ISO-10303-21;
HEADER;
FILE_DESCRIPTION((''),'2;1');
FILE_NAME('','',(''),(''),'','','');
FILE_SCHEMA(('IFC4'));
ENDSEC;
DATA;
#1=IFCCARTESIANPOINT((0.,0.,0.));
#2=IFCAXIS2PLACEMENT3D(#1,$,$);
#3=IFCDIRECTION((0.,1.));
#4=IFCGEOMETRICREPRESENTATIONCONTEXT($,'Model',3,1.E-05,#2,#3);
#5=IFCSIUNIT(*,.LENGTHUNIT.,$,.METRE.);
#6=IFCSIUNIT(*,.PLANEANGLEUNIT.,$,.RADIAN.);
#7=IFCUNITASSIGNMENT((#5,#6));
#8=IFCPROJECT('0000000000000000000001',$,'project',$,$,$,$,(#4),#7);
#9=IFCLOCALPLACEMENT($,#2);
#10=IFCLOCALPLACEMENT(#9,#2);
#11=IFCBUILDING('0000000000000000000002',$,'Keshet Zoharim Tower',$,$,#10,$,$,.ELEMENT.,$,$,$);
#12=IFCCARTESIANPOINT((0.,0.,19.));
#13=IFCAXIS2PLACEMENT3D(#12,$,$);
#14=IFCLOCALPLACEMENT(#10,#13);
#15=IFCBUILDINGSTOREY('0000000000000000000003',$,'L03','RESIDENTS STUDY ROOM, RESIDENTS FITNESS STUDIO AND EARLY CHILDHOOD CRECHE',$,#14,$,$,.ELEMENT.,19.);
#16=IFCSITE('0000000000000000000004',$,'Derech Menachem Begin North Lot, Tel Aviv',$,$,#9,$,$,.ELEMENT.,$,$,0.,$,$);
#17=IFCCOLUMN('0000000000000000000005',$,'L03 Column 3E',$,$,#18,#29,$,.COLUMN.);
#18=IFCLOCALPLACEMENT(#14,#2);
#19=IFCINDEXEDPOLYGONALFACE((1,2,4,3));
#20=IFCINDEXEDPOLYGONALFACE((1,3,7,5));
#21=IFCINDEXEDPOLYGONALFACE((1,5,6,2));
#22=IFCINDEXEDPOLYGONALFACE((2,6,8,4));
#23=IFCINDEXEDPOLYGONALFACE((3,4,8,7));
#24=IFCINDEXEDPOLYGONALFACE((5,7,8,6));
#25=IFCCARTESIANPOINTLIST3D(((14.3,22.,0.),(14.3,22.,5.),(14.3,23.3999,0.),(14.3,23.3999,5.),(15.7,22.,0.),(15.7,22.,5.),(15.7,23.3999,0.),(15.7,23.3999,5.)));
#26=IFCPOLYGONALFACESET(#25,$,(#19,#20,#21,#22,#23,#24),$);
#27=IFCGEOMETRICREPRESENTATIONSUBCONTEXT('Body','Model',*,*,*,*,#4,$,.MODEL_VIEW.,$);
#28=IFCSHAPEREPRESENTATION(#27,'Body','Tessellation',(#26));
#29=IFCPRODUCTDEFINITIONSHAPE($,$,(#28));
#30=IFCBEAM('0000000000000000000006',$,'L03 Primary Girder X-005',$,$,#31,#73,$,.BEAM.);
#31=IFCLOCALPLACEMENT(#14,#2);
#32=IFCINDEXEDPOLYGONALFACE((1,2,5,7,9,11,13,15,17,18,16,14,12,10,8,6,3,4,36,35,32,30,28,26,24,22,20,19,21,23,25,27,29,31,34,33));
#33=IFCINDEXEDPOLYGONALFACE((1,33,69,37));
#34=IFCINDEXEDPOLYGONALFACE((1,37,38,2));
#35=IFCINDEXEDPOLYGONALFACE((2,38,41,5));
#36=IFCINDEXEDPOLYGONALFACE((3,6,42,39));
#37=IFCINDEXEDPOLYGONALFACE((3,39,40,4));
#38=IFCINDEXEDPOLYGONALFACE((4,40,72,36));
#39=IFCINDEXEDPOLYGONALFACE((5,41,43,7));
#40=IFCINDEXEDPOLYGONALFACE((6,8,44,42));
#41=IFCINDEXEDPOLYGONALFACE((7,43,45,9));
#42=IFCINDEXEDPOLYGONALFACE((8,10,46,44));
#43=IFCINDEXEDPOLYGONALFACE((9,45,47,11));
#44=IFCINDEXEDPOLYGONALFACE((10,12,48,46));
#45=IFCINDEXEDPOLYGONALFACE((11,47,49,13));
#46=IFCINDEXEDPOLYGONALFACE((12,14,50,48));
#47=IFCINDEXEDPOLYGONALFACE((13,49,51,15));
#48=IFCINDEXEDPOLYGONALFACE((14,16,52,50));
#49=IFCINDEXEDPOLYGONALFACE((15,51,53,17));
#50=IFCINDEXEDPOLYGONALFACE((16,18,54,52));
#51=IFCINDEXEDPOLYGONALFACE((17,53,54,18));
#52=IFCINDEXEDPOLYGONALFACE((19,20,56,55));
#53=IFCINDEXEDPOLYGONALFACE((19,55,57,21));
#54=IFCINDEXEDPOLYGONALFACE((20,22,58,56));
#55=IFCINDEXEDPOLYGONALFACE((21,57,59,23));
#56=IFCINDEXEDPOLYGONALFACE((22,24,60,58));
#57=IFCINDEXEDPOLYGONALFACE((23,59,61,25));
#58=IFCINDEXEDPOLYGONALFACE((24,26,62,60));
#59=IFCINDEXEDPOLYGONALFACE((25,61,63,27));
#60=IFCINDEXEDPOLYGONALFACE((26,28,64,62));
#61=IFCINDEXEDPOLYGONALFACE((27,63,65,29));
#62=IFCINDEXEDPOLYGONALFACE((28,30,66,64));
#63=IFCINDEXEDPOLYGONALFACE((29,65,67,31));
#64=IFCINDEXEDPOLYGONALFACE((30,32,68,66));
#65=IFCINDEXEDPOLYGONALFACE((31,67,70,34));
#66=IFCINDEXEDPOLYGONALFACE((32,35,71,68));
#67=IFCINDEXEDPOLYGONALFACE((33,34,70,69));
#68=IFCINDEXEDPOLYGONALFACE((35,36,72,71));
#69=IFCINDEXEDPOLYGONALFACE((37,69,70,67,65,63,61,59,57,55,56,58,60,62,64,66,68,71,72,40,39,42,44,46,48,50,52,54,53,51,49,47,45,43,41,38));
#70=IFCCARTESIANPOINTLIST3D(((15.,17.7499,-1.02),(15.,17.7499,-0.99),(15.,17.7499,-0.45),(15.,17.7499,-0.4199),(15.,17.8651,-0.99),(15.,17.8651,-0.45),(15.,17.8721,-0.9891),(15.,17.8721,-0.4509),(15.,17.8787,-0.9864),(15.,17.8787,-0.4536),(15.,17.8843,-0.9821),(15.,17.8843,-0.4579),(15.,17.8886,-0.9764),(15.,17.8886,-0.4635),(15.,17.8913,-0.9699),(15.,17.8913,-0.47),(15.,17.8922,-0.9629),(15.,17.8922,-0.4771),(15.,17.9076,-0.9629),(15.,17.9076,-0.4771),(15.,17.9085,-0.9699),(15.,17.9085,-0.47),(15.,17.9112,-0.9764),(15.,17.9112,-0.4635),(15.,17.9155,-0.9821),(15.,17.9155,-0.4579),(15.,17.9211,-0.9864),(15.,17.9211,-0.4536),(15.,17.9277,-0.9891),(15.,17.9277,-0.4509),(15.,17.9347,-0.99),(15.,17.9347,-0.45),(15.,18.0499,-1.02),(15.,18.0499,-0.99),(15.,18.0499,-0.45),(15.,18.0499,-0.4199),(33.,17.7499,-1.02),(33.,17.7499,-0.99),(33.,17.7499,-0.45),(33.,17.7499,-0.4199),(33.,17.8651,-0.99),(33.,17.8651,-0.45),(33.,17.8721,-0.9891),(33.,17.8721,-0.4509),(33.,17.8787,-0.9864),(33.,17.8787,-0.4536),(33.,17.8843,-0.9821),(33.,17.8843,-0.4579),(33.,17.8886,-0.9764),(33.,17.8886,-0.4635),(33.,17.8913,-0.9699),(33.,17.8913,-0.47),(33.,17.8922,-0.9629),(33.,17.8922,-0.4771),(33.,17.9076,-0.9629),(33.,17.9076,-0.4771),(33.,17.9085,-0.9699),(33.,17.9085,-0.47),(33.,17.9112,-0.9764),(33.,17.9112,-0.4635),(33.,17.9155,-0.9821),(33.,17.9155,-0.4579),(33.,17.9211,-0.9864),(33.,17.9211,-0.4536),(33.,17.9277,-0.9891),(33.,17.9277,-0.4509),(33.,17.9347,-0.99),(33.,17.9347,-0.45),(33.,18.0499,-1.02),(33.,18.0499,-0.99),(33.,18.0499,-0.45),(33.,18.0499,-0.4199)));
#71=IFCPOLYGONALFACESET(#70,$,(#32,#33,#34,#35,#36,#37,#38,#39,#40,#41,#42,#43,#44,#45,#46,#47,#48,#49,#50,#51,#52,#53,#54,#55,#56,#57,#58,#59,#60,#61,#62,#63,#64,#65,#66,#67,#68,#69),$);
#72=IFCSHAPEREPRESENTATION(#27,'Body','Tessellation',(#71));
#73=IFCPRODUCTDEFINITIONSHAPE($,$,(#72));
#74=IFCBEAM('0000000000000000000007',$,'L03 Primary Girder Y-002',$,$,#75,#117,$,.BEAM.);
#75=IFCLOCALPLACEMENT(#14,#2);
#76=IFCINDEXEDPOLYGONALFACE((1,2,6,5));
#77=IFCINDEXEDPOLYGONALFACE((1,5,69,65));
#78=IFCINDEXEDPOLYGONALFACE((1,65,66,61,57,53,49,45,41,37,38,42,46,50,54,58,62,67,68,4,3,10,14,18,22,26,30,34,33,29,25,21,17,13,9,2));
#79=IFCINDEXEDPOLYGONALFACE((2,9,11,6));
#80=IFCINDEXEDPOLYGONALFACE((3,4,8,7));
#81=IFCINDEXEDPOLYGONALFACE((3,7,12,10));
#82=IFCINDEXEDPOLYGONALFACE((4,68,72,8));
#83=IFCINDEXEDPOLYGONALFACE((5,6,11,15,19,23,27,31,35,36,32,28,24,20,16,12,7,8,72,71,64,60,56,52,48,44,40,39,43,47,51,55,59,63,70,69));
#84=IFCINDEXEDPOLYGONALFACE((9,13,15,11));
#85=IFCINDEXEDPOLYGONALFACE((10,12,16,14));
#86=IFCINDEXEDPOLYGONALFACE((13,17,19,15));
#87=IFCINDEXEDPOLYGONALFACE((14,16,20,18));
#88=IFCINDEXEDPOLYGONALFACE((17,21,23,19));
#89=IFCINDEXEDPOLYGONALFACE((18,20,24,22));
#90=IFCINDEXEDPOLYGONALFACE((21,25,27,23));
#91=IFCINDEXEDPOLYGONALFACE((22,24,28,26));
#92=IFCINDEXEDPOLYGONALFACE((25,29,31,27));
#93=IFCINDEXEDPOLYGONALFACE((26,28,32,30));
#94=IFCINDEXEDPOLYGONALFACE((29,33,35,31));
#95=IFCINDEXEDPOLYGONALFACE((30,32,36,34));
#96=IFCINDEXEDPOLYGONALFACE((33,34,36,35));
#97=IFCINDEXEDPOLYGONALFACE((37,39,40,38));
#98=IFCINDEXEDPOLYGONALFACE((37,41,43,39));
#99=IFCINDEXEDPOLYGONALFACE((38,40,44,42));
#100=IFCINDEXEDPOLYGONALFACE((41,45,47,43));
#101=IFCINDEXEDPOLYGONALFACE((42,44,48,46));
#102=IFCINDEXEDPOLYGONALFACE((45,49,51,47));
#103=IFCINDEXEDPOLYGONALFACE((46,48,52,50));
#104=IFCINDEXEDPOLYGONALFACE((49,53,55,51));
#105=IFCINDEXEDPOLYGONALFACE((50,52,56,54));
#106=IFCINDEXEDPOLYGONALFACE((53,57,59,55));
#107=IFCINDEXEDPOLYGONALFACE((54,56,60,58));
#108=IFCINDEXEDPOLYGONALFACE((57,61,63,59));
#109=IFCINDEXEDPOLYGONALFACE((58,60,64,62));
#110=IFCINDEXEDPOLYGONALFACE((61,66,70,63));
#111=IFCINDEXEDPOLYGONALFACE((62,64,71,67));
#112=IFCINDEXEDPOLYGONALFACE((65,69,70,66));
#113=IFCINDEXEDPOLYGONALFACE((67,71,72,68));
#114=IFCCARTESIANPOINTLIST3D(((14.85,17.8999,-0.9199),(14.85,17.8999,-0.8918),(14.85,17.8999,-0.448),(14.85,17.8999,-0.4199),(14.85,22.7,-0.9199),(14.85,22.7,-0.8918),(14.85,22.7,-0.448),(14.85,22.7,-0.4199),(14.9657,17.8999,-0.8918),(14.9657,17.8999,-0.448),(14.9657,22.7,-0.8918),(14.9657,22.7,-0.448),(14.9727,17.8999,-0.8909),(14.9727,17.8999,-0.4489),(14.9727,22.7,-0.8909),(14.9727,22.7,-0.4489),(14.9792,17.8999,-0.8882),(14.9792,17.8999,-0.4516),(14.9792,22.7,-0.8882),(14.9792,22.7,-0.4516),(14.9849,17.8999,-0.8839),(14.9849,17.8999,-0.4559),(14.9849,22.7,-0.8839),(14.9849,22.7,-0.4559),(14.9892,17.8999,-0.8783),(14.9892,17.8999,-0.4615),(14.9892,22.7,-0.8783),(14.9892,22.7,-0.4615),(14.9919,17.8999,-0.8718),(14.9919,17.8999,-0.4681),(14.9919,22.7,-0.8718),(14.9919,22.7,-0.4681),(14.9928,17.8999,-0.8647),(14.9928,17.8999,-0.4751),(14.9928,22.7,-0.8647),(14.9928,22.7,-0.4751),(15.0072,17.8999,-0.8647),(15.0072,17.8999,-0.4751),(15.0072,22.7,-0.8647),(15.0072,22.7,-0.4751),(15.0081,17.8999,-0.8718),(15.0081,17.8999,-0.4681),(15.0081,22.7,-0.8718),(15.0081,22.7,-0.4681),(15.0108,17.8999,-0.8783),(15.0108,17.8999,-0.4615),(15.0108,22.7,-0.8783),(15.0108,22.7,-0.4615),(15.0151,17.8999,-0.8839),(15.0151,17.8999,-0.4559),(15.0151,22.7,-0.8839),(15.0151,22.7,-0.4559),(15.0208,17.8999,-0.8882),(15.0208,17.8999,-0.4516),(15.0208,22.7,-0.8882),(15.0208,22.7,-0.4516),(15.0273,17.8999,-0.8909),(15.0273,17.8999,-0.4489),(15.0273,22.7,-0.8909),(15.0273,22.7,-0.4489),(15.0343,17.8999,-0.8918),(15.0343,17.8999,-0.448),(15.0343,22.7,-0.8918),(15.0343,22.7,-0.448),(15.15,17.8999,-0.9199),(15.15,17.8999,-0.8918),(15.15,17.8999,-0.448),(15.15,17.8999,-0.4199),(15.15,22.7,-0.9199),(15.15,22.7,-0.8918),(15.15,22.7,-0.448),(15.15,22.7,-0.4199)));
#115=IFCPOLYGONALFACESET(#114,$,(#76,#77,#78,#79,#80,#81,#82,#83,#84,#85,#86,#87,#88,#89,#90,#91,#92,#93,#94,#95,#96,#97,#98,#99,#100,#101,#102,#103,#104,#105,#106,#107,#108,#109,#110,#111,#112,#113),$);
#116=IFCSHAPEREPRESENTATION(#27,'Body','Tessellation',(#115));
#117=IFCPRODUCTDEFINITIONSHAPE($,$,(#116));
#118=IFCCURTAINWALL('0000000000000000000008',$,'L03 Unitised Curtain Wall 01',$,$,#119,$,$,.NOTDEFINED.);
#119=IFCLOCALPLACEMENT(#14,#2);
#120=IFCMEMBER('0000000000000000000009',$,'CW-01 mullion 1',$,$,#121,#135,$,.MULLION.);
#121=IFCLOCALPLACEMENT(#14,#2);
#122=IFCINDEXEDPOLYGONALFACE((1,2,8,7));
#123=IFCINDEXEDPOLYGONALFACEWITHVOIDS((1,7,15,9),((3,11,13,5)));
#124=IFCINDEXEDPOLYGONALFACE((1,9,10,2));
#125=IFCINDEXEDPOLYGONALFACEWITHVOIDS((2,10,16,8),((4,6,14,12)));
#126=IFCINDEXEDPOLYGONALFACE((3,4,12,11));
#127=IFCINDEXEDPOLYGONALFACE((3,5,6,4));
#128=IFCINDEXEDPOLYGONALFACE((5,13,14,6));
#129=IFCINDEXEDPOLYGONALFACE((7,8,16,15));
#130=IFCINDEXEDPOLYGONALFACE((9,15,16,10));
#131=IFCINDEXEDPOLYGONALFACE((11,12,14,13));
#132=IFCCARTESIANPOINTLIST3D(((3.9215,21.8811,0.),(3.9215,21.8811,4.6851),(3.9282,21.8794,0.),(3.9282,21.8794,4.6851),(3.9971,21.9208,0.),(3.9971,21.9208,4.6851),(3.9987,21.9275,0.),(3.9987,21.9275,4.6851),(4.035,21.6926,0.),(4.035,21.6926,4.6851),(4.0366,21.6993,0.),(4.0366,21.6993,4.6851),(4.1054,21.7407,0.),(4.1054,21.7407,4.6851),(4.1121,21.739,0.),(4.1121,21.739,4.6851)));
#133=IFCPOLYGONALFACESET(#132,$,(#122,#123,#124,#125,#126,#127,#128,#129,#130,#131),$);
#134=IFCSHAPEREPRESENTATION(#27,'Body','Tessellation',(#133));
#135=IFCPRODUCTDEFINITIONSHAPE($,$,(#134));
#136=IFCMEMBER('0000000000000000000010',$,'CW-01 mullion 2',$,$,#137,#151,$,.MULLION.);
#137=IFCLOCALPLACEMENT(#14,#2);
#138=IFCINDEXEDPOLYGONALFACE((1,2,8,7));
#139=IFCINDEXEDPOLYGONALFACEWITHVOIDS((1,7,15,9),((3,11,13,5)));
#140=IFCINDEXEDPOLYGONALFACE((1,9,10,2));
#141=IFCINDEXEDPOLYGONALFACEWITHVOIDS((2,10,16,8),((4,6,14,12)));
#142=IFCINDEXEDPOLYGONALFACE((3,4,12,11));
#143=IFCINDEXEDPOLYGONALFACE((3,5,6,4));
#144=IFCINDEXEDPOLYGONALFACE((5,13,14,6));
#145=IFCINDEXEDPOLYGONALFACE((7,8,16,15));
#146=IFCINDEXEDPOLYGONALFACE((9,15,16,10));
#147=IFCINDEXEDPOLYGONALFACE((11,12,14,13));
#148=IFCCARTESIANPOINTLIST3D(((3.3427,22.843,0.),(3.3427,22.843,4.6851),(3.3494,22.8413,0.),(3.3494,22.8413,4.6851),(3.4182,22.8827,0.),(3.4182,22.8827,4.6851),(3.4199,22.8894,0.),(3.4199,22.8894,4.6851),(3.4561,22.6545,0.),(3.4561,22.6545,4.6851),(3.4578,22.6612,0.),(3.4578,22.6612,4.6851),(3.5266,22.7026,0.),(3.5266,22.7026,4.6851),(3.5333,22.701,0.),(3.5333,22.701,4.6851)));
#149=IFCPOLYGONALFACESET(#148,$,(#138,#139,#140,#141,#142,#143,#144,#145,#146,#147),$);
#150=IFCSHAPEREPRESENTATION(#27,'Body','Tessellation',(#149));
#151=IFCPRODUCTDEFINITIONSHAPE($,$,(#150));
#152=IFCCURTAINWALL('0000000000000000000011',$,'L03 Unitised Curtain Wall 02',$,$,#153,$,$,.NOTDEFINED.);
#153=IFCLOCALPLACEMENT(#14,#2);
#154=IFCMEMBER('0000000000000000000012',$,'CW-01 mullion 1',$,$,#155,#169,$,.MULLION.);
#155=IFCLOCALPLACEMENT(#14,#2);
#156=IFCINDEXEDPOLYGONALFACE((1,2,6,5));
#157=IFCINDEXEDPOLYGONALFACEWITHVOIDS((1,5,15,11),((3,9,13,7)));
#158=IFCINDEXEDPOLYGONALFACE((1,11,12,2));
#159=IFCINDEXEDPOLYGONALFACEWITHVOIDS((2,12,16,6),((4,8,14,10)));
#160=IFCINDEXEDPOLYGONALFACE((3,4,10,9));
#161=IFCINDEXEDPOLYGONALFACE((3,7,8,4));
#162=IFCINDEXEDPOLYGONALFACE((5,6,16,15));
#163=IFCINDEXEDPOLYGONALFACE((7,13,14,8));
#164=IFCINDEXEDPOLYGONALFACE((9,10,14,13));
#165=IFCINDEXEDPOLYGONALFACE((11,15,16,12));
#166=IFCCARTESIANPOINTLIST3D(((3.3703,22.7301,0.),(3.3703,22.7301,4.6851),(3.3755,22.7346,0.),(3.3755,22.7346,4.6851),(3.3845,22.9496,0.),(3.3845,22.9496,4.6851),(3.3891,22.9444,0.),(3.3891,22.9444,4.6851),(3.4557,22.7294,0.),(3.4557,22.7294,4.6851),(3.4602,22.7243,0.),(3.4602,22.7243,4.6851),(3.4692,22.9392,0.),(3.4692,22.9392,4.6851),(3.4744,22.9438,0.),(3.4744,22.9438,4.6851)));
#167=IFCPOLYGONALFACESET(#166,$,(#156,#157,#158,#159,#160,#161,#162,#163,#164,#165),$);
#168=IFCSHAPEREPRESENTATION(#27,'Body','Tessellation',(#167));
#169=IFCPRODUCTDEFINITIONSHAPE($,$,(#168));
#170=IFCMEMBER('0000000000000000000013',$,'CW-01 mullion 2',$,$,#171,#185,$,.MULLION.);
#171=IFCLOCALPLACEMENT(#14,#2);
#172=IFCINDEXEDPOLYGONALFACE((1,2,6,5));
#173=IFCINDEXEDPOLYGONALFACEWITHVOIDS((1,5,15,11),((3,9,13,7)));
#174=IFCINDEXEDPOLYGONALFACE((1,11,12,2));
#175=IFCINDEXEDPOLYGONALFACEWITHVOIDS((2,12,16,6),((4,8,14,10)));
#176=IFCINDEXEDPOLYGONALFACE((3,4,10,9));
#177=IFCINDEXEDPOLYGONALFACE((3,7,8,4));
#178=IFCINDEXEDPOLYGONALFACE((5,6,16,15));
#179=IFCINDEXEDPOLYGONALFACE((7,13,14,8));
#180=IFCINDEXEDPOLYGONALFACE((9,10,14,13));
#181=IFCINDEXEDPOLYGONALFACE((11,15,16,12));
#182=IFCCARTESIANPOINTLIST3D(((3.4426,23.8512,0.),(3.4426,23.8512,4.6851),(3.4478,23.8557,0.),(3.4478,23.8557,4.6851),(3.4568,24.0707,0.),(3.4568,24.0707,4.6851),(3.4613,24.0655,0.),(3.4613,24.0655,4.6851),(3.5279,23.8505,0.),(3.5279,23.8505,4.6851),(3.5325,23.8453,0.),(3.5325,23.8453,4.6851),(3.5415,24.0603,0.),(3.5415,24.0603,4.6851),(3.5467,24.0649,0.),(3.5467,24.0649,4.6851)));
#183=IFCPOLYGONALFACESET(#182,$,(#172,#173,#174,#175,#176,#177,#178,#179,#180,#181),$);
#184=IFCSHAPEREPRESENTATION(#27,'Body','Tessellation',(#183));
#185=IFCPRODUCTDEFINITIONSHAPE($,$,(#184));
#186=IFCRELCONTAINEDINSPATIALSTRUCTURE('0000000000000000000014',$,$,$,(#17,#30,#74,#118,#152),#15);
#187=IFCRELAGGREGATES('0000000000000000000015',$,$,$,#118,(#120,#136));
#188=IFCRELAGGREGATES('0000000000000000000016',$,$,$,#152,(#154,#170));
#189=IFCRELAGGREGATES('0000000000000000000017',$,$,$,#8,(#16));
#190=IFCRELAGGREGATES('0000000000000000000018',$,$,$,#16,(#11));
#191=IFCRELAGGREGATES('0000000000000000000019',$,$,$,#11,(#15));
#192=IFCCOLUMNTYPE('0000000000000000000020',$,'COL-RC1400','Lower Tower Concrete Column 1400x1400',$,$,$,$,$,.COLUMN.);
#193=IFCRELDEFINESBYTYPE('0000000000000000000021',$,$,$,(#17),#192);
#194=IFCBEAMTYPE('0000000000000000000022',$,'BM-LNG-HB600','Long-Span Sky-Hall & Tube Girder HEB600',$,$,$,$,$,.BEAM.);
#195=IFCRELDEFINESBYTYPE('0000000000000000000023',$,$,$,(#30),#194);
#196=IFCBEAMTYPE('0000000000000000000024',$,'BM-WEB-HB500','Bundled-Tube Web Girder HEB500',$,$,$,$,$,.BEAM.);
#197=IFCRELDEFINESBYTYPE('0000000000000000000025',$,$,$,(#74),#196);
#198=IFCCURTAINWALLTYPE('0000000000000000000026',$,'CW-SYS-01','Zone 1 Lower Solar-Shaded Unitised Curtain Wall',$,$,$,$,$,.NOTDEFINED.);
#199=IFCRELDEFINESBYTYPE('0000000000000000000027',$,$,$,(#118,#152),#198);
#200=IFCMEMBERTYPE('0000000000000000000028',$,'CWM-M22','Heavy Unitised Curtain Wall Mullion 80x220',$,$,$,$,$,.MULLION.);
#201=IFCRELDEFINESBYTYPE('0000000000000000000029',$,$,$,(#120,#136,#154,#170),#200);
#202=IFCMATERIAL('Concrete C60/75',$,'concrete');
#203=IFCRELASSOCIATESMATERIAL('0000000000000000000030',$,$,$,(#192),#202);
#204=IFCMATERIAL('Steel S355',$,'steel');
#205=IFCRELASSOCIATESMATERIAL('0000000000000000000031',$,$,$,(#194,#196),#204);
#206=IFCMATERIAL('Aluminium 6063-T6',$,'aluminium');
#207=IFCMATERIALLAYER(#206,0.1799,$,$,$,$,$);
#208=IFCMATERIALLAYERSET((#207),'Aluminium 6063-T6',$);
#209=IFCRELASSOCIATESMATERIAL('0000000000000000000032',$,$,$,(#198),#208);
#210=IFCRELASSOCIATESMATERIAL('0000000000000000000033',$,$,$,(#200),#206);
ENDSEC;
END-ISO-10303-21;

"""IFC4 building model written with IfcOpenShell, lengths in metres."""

from ifc_helpers import new_model, si_unit, direction, frame, origin, origin_2d, place, context, subcontext, project, spatial, rectangle, hollow_rectangle, i_section, extrude, material, layer, layer_set, material_profile, profile_set, type_object, element, aggregate, save


model = new_model("IFC4")

# Units and contexts
model_context = context("Model", 3, precision=1e-05, world=origin(), true_north=direction((0.0, 1.0)))
body_context = subcontext(model_context, "Body", "Model", "MODEL_VIEW")
ifc_project = project(units=[si_unit("LENGTHUNIT", "METRE"), si_unit("PLANEANGLEUNIT", "RADIAN")], contexts=[model_context])

# Site, building, storey
site_placement = place(None, origin())
site = spatial("IfcSite", under=ifc_project, at=site_placement, Name="Derech Menachem Begin North Lot, Tel Aviv", CompositionType="ELEMENT", RefElevation=0.0)
building_placement = place(site_placement, origin())
building = spatial("IfcBuilding", under=site, at=building_placement, Name="Keshet Zoharim Tower", CompositionType="ELEMENT")
storey_placement = place(building_placement, frame((0.0, 0.0, 19.0)))
storey = spatial("IfcBuildingStorey", under=building, at=storey_placement, Name="L03", Description="RESIDENTS STUDY ROOM, RESIDENTS FITNESS STUDIO AND EARLY CHILDHOOD CRECHE", CompositionType="ELEMENT", Elevation=19.0)

# Column
ifc_material_1 = material(Name="Concrete C60/75", Category="concrete")
ifc_material_profile_1 = material_profile(ifc_material_1, rectangle(XDim=1.3999, YDim=1.3999, at=origin_2d()), Name="RC1400x1400")
ifc_profile_set_1 = profile_set([ifc_material_profile_1], Name="Concrete C60/75")
column_type = type_object("IfcColumnType", Name="COL-RC1400", Description="Lower Tower Concrete Column 1400x1400", PredefinedType="COLUMN", material=ifc_profile_set_1)
column_placement = place(storey_placement, frame((15.0, 22.7, 0.0), z_axis=(0.0, 0.0, 1.0), x_axis=(1.0, 0.0, 0.0)))
element("IfcColumn", 1, at=column_placement, inside=storey, type_object=column_type, Name="L03 Column 3E", PredefinedType="COLUMN", context=body_context, shape_type="SweptSolid", body=[
    extrude(rectangle(XDim=1.3999, YDim=1.3999, at=origin_2d()), origin(), (0.0, 0.0, 1.0), 5.0),
])

# Beams
ifc_material_2 = material(Name="Steel S355", Category="steel")
ifc_material_profile_2 = material_profile(ifc_material_2, i_section(OverallWidth=0.3, OverallDepth=0.6001, WebThickness=0.0154, FlangeThickness=0.03, FilletRadius=0.0271, at=origin_2d()), Name="HEB600")
ifc_profile_set_2 = profile_set([ifc_material_profile_2], Name="Steel S355")
beam_type_1 = type_object("IfcBeamType", Name="BM-LNG-HB600", Description="Long-Span Sky-Hall & Tube Girder HEB600", PredefinedType="BEAM", material=ifc_profile_set_2)
beam_1_placement = place(storey_placement, frame((15.0, 17.8999, -0.72), z_axis=(1.0, 0.0, 0.0), x_axis=(0.0, 1.0, 0.0)))
element("IfcBeam", 2, at=beam_1_placement, inside=storey, type_object=beam_type_1, Name="L03 Primary Girder X-005", PredefinedType="BEAM", context=body_context, shape_type="SweptSolid", body=[
    extrude(i_section(OverallWidth=0.3, OverallDepth=0.6001, WebThickness=0.0154, FlangeThickness=0.03, FilletRadius=0.0271, at=origin_2d()), origin(), (0.0, 0.0, 1.0), 18.0),
])
ifc_material_profile_3 = material_profile(ifc_material_2, i_section(OverallWidth=0.3, OverallDepth=0.5, WebThickness=0.0144, FlangeThickness=0.0281, FilletRadius=0.0271, at=origin_2d()), Name="HEB500")
ifc_profile_set_3 = profile_set([ifc_material_profile_3], Name="Steel S355")
beam_type_2 = type_object("IfcBeamType", Name="BM-WEB-HB500", Description="Bundled-Tube Web Girder HEB500", PredefinedType="BEAM", material=ifc_profile_set_3)
beam_2_placement = place(storey_placement, frame((15.0, 17.8999, -0.6699), z_axis=(0.0, 1.0, 0.0), x_axis=(-1.0, 0.0, 0.0)))
element("IfcBeam", 3, at=beam_2_placement, inside=storey, type_object=beam_type_2, Name="L03 Primary Girder Y-002", PredefinedType="BEAM", context=body_context, shape_type="SweptSolid", body=[
    extrude(i_section(OverallWidth=0.3, OverallDepth=0.5, WebThickness=0.0144, FlangeThickness=0.0281, FilletRadius=0.0271, at=origin_2d()), origin(), (0.0, 0.0, 1.0), 4.8),
])

# Curtain walls, members
ifc_material_3 = material(Name="Aluminium 6063-T6", Category="aluminium")
ifc_layer_1 = layer(ifc_material_3, 0.1799)
ifc_layer_set_1 = layer_set([ifc_layer_1], Name="Aluminium 6063-T6")
curtain_wall_type = type_object("IfcCurtainWallType", Name="CW-SYS-01", Description="Zone 1 Lower Solar-Shaded Unitised Curtain Wall", PredefinedType="NOTDEFINED", material=ifc_layer_set_1)
curtain_wall_1_placement = place(storey_placement, origin())
curtain_wall_1 = element("IfcCurtainWall", 4, at=curtain_wall_1_placement, inside=storey, type_object=curtain_wall_type, Name="L03 Unitised Curtain Wall 01", PredefinedType="NOTDEFINED")
ifc_material_profile_4 = material_profile(ifc_material_3, hollow_rectangle(XDim=0.0901, YDim=0.22, WallThickness=0.0049, at=origin_2d()), Name="MUL-90x220")
ifc_profile_set_4 = profile_set([ifc_material_profile_4], Name="Aluminium 6063-T6")
member_type_1 = type_object("IfcMemberType", Name="CWM-M22", Description="Heavy Unitised Curtain Wall Mullion 80x220", PredefinedType="MULLION", material=ifc_profile_set_4)
member_1_placement = place(storey_placement, frame((4.0168, 21.8101, 0.0), z_axis=(0.0, 0.0, 1.0), x_axis=(-0.856826, -0.515605, 0.0)))
member_1 = element("IfcMember", 5, at=member_1_placement, type_object=member_type_1, Name="CW-01 mullion 1", PredefinedType="MULLION", context=body_context, shape_type="SweptSolid", body=[
    extrude(hollow_rectangle(XDim=0.0901, YDim=0.22, WallThickness=0.0049, at=origin_2d()), origin(), (0.0, 0.0, 1.0), 4.6851),
])
member_2_placement = place(storey_placement, frame((3.438, 22.772, 0.0), z_axis=(0.0, 0.0, 1.0), x_axis=(-0.856826, -0.515605, 0.0)))
member_2 = element("IfcMember", 6, at=member_2_placement, type_object=member_type_1, Name="CW-01 mullion 2", PredefinedType="MULLION", context=body_context, shape_type="SweptSolid", body=[
    extrude(hollow_rectangle(XDim=0.0901, YDim=0.22, WallThickness=0.0049, at=origin_2d()), origin(), (0.0, 0.0, 1.0), 4.6851),
])
curtain_wall_2_placement = place(storey_placement, origin())
curtain_wall_2 = element("IfcCurtainWall", 7, at=curtain_wall_2_placement, inside=storey, type_object=curtain_wall_type, Name="L03 Unitised Curtain Wall 02", PredefinedType="NOTDEFINED")
member_3_placement = place(storey_placement, frame((3.4224, 22.8369, 0.0), z_axis=(0.0, 0.0, 1.0), x_axis=(-0.997917, 0.064517, 0.0)))
member_3 = element("IfcMember", 8, at=member_3_placement, type_object=member_type_1, Name="CW-01 mullion 1", PredefinedType="MULLION", context=body_context, shape_type="SweptSolid", body=[
    extrude(hollow_rectangle(XDim=0.0901, YDim=0.22, WallThickness=0.0049, at=origin_2d()), origin(), (0.0, 0.0, 1.0), 4.6851),
])
member_4_placement = place(storey_placement, frame((3.4946, 23.958, 0.0), z_axis=(0.0, 0.0, 1.0), x_axis=(-0.997917, 0.064517, 0.0)))
member_4 = element("IfcMember", 9, at=member_4_placement, type_object=member_type_1, Name="CW-01 mullion 2", PredefinedType="MULLION", context=body_context, shape_type="SweptSolid", body=[
    extrude(hollow_rectangle(XDim=0.0901, YDim=0.22, WallThickness=0.0049, at=origin_2d()), origin(), (0.0, 0.0, 1.0), 4.6851),
])

aggregate(curtain_wall_1, [member_1, member_2])
aggregate(curtain_wall_2, [member_3, member_4])

save(model, "model.ifc")
